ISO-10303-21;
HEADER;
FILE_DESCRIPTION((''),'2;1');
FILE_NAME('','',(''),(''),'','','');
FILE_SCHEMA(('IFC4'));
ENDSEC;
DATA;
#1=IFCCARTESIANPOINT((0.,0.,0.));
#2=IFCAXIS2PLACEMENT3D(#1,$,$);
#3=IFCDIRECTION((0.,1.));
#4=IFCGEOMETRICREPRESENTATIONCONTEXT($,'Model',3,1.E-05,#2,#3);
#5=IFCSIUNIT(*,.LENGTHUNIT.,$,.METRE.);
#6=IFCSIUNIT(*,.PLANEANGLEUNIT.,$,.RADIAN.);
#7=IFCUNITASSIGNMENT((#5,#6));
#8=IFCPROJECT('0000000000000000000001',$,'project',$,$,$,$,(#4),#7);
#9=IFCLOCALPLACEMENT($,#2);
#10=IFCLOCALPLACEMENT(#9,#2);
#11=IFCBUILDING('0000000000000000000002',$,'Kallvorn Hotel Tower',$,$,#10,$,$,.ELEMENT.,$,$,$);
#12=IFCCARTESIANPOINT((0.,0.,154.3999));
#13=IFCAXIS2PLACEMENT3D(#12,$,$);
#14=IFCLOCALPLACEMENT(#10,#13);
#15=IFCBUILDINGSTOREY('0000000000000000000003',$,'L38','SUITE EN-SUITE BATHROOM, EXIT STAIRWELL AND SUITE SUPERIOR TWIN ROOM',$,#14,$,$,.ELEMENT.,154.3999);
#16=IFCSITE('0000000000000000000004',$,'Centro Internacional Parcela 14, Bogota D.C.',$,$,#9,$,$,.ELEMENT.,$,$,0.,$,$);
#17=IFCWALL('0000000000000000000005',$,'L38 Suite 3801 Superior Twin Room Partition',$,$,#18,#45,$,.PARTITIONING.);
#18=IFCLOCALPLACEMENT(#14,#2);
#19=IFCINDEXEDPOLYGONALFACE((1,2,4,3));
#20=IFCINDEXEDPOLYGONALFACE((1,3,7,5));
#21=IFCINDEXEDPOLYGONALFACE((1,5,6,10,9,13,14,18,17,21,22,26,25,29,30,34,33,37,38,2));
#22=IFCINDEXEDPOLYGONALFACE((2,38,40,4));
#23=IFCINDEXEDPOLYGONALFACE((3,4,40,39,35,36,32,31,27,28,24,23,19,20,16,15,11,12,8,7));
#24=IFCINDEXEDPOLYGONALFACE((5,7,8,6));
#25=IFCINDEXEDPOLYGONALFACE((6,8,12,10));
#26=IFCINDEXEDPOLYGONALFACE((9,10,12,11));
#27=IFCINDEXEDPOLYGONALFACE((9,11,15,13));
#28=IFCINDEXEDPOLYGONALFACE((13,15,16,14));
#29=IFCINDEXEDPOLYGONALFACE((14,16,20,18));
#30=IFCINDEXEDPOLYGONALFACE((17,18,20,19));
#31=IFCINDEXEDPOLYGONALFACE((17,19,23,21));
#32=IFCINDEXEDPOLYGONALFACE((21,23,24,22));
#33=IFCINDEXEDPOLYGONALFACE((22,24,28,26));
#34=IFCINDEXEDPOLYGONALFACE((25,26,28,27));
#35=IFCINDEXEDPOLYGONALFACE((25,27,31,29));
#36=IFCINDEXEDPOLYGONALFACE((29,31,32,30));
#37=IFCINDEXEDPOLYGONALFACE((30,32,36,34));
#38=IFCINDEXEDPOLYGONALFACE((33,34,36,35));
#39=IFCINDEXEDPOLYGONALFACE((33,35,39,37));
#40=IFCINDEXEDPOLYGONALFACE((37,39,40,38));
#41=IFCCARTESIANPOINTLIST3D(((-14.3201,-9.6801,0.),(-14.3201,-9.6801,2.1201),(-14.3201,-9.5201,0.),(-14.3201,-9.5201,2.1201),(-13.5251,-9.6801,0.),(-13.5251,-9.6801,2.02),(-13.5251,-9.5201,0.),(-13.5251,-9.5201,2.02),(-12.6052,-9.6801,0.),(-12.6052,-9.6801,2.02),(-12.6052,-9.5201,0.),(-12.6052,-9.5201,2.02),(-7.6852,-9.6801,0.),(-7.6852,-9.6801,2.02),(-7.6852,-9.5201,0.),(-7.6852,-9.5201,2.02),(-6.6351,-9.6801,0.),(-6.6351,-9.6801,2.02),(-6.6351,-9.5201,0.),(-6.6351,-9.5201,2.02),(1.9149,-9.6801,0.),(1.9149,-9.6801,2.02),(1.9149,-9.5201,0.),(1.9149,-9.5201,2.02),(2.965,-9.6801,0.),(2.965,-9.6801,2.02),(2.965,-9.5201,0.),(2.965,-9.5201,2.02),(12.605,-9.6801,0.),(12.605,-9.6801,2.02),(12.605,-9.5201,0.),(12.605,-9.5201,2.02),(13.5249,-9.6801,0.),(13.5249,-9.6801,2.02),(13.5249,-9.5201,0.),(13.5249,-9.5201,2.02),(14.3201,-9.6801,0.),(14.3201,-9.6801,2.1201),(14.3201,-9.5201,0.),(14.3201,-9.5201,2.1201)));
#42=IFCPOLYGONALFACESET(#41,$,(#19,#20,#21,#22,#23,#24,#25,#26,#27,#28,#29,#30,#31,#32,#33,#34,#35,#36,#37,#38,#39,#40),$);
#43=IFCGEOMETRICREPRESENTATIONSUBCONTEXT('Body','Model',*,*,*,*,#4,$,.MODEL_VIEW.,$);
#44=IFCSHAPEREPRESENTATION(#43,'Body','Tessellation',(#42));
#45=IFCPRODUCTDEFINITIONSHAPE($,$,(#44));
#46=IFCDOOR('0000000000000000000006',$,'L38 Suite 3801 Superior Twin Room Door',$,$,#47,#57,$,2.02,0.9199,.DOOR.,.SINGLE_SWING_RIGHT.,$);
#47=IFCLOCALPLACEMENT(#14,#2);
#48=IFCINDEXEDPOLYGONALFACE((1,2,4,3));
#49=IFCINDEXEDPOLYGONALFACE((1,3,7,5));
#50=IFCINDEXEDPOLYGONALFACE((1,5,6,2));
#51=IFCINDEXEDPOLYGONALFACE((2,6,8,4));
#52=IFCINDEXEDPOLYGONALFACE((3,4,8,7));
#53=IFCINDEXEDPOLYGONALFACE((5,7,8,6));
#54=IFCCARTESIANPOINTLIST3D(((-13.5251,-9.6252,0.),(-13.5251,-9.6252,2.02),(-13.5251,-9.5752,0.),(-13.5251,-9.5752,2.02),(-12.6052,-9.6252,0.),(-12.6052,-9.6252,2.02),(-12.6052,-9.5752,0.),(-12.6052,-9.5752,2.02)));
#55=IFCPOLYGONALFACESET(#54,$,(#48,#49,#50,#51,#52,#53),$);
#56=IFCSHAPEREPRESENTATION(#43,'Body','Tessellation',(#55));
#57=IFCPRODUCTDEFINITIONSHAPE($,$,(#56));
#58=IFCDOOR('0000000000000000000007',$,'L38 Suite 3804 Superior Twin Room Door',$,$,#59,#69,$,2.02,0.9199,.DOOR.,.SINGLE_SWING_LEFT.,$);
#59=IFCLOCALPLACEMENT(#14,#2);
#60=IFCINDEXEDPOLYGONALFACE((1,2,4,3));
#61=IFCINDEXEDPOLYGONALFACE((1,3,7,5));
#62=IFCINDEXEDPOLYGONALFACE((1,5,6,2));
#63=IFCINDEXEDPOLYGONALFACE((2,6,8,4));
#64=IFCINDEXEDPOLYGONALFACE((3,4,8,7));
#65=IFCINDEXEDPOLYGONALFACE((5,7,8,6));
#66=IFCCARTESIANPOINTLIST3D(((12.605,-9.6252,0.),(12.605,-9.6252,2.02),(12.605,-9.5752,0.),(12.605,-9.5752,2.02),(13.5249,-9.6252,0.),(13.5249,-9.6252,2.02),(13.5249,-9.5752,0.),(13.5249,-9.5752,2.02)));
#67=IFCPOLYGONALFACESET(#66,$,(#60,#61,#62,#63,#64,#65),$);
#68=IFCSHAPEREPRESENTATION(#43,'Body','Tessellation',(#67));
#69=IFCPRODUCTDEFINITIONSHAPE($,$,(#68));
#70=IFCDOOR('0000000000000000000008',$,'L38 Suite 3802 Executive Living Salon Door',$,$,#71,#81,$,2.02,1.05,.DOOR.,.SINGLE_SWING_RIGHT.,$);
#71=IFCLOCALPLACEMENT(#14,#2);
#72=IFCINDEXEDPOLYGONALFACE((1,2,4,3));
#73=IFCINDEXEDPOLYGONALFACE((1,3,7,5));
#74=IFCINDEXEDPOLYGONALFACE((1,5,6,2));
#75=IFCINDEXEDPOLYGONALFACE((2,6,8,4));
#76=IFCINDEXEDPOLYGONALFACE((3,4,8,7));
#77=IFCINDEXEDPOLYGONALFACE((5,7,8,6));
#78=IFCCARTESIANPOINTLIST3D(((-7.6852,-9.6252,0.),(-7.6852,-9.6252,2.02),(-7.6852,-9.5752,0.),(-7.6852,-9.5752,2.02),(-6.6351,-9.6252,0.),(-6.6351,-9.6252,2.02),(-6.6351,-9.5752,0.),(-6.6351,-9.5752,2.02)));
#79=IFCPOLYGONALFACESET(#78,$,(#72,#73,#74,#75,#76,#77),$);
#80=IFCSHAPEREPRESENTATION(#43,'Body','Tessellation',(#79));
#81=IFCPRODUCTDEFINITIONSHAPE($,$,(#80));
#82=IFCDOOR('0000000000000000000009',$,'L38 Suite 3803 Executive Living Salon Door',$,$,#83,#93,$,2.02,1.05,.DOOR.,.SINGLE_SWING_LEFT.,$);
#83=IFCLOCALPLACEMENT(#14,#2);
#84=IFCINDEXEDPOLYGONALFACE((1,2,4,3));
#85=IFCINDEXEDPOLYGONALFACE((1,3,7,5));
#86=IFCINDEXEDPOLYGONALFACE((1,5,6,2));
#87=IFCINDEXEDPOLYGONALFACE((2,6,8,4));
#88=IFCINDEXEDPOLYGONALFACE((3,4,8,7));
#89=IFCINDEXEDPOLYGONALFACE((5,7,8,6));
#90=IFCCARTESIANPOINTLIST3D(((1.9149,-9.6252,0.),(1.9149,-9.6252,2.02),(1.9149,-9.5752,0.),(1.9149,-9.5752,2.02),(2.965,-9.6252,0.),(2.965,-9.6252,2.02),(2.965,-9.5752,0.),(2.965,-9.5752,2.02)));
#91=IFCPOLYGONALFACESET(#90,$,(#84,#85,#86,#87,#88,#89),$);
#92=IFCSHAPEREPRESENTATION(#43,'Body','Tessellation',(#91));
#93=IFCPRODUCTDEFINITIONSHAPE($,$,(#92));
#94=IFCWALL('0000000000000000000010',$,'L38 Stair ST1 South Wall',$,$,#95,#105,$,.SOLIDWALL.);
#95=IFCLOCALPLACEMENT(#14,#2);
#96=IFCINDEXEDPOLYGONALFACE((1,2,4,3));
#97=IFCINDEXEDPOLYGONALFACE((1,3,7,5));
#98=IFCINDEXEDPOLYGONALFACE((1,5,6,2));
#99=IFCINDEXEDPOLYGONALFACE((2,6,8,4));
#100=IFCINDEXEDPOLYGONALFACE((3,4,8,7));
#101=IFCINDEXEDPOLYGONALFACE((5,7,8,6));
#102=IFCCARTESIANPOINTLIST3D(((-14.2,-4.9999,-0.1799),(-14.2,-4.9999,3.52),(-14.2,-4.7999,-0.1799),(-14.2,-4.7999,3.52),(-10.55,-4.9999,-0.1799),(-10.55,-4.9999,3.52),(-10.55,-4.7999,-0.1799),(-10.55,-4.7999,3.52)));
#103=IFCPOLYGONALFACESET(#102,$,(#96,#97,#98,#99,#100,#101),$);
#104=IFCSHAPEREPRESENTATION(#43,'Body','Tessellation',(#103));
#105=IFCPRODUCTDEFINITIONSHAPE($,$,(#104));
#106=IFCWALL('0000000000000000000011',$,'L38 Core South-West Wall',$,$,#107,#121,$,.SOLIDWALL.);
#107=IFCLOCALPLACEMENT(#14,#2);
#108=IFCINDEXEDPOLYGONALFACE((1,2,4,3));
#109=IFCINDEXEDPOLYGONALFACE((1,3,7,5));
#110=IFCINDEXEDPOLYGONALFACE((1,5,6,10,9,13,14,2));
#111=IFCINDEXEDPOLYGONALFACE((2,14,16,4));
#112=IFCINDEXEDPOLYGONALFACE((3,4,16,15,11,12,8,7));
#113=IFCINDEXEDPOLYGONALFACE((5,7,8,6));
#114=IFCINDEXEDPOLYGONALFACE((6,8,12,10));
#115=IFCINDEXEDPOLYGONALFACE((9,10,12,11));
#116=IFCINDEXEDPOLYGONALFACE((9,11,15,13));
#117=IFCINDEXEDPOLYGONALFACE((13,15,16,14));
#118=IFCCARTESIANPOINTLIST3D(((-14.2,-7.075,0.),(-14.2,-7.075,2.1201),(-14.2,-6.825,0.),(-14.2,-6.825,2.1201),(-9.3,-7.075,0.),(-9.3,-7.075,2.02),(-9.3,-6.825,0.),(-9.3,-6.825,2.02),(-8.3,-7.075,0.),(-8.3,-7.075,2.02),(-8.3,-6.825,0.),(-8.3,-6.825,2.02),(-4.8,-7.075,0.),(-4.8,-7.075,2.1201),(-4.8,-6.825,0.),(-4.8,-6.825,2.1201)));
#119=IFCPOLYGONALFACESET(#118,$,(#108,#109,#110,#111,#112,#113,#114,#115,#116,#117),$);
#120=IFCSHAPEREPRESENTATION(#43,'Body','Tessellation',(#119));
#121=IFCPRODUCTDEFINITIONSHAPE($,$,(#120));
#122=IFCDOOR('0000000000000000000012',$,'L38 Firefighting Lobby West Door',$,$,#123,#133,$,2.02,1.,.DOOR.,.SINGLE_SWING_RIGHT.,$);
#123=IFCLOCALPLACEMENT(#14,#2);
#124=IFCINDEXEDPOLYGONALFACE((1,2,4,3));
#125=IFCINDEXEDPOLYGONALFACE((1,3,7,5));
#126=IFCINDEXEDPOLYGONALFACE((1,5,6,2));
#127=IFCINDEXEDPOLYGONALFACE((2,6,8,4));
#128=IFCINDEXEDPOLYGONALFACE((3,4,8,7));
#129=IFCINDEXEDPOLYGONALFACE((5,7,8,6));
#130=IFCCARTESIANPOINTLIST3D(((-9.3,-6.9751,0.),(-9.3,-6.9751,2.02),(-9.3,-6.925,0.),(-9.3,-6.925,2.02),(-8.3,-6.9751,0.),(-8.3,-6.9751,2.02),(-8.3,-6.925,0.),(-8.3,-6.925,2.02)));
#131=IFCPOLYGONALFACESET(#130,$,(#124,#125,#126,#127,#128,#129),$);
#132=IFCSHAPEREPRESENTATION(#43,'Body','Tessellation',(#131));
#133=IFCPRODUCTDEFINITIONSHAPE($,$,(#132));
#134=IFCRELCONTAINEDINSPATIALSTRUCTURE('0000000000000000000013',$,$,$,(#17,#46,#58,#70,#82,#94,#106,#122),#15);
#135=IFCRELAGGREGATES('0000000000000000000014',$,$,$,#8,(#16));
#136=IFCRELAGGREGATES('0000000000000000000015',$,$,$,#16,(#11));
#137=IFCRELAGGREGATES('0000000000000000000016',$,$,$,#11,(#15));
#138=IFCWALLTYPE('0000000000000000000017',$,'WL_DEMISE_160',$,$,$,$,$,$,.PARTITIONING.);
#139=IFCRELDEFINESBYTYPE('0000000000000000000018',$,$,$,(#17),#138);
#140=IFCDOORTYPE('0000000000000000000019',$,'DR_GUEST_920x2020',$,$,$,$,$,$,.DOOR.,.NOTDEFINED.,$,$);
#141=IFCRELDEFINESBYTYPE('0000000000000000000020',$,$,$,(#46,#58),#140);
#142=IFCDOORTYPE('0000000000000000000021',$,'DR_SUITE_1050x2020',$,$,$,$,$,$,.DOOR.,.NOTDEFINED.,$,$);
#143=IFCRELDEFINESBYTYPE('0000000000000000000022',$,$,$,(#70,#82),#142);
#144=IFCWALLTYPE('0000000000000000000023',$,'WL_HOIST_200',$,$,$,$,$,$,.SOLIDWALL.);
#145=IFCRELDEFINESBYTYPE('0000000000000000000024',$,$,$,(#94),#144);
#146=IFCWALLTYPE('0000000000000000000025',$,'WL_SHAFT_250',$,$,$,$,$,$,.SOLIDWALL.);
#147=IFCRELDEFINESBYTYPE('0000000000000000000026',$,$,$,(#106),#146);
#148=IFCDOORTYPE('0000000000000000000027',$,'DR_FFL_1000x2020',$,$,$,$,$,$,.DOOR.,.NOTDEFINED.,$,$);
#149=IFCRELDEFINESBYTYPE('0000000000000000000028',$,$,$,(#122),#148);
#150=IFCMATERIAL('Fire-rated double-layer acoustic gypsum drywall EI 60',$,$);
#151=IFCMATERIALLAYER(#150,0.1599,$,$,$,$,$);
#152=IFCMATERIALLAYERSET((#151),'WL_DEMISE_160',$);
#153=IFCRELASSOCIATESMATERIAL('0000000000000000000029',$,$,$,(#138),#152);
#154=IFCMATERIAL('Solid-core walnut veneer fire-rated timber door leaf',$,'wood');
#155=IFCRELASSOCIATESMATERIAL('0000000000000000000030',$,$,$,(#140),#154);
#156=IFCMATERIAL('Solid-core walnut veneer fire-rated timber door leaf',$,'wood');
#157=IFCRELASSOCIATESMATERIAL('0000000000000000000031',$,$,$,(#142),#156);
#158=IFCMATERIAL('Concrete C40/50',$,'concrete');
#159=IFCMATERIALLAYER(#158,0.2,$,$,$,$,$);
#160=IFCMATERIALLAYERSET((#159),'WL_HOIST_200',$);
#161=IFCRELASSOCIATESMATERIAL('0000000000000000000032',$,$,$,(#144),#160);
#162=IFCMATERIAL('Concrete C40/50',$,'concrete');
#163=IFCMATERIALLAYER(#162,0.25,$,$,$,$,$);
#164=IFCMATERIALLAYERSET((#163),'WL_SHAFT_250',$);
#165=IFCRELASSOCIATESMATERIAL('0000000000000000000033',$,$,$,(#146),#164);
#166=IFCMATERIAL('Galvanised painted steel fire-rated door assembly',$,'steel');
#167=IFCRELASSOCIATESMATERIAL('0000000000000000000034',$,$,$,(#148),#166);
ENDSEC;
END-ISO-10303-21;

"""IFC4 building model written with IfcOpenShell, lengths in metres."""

from ifc_helpers import new_model, si_unit, direction, frame, frame_2d, origin, place, context, subcontext, project, spatial, rectangle, extrude, material, layer, layer_set, type_object, element, fill, save


model = new_model("IFC4")

# Units and contexts
model_context = context("Model", 3, precision=1e-05, world=origin(), true_north=direction((0.0, 1.0)))
body_context = subcontext(model_context, "Body", "Model", "MODEL_VIEW")
ifc_project = project(units=[si_unit("LENGTHUNIT", "METRE"), si_unit("PLANEANGLEUNIT", "RADIAN")], contexts=[model_context])

# Site, building, storey
site_placement = place(None, origin())
site = spatial("IfcSite", under=ifc_project, at=site_placement, Name="Centro Internacional Parcela 14, Bogota D.C.", CompositionType="ELEMENT", RefElevation=0.0)
building_placement = place(site_placement, origin())
building = spatial("IfcBuilding", under=site, at=building_placement, Name="Kallvorn Hotel Tower", CompositionType="ELEMENT")
storey_placement = place(building_placement, frame((0.0, 0.0, 154.3999)))
storey = spatial("IfcBuildingStorey", under=building, at=storey_placement, Name="L38", Description="SUITE EN-SUITE BATHROOM, EXIT STAIRWELL AND SUITE SUPERIOR TWIN ROOM", CompositionType="ELEMENT", Elevation=154.3999)

# Wall, openings, doors
ifc_material_1 = material(Name="Fire-rated double-layer acoustic gypsum drywall EI 60")
ifc_layer_1 = layer(ifc_material_1, 0.1599)
ifc_layer_set_1 = layer_set([ifc_layer_1], Name="WL_DEMISE_160")
wall_type_1 = type_object("IfcWallType", Name="WL_DEMISE_160", PredefinedType="PARTITIONING", material=ifc_layer_set_1)
wall_1_placement = place(storey_placement, frame((-14.3201, -9.6001, 0.0), z_axis=(0.0, 0.0, 1.0), x_axis=(1.0, 0.0, 0.0)))
wall_1 = element("IfcWall", 1, at=wall_1_placement, inside=storey, type_object=wall_type_1, Name="L38 Suite 3801 Superior Twin Room Partition", PredefinedType="PARTITIONING", context=body_context, shape_type="SweptSolid", body=[
    extrude(rectangle(XDim=28.6401, YDim=0.1599, at=frame_2d((14.3201, 0.0))), origin(), (0.0, 0.0, 1.0), 2.1201),
])
opening_1_placement = place(wall_1_placement, frame((0.7949, 0.0, 0.0)))
opening_1 = element("IfcOpeningElement", 2, at=opening_1_placement, cuts=wall_1, PredefinedType="OPENING", context=body_context, shape_type="SweptSolid", body=[
    extrude(rectangle(XDim=0.9199, YDim=2.02, at=frame_2d((0.46, 1.01))), frame((0.0, 0.095, 0.0), z_axis=(0.0, -1.0, 0.0), x_axis=(1.0, 0.0, 0.0)), (0.0, 0.0, 1.0), 0.1899),
])
opening_2_placement = place(wall_1_placement, frame((6.635, 0.0, 0.0)))
opening_2 = element("IfcOpeningElement", 3, at=opening_2_placement, cuts=wall_1, PredefinedType="OPENING", context=body_context, shape_type="SweptSolid", body=[
    extrude(rectangle(XDim=1.05, YDim=2.02, at=frame_2d((0.5249, 1.01))), frame((0.0, 0.095, 0.0), z_axis=(0.0, -1.0, 0.0), x_axis=(1.0, 0.0, 0.0)), (0.0, 0.0, 1.0), 0.1899),
])
opening_3_placement = place(wall_1_placement, frame((16.2351, 0.0, 0.0)))
opening_3 = element("IfcOpeningElement", 4, at=opening_3_placement, cuts=wall_1, PredefinedType="OPENING", context=body_context, shape_type="SweptSolid", body=[
    extrude(rectangle(XDim=1.05, YDim=2.02, at=frame_2d((0.5249, 1.01))), frame((0.0, 0.095, 0.0), z_axis=(0.0, -1.0, 0.0), x_axis=(1.0, 0.0, 0.0)), (0.0, 0.0, 1.0), 0.1899),
])
opening_4_placement = place(wall_1_placement, frame((26.925, 0.0, 0.0)))
opening_4 = element("IfcOpeningElement", 5, at=opening_4_placement, cuts=wall_1, PredefinedType="OPENING", context=body_context, shape_type="SweptSolid", body=[
    extrude(rectangle(XDim=0.9199, YDim=2.02, at=frame_2d((0.46, 1.01))), frame((0.0, 0.095, 0.0), z_axis=(0.0, -1.0, 0.0), x_axis=(1.0, 0.0, 0.0)), (0.0, 0.0, 1.0), 0.1899),
])
ifc_material_2 = material(Name="Solid-core walnut veneer fire-rated timber door leaf", Category="wood")
door_type_1 = type_object("IfcDoorType", Name="DR_GUEST_920x2020", OperationType="NOTDEFINED", PredefinedType="DOOR", material=ifc_material_2)
door_1_placement = place(opening_1_placement, origin())
door_1 = element("IfcDoor", 6, at=door_1_placement, inside=storey, type_object=door_type_1, Name="L38 Suite 3801 Superior Twin Room Door", OperationType="SINGLE_SWING_RIGHT", OverallHeight=2.02, OverallWidth=0.9199, PredefinedType="DOOR", context=body_context, shape_type="SweptSolid", body=[
    extrude(rectangle(XDim=0.9199, YDim=2.02, at=frame_2d((0.46, 1.01))), frame((0.0, 0.0249, 0.0), z_axis=(0.0, -1.0, 0.0), x_axis=(1.0, 0.0, 0.0)), (0.0, 0.0, 1.0), 0.05),
])
fill(opening_1, door_1)
door_2_placement = place(opening_4_placement, origin())
door_2 = element("IfcDoor", 7, at=door_2_placement, inside=storey, type_object=door_type_1, Name="L38 Suite 3804 Superior Twin Room Door", OperationType="SINGLE_SWING_LEFT", OverallHeight=2.02, OverallWidth=0.9199, PredefinedType="DOOR", context=body_context, shape_type="SweptSolid", body=[
    extrude(rectangle(XDim=0.9199, YDim=2.02, at=frame_2d((0.46, 1.01))), frame((0.0, 0.0249, 0.0), z_axis=(0.0, -1.0, 0.0), x_axis=(1.0, 0.0, 0.0)), (0.0, 0.0, 1.0), 0.05),
])
fill(opening_4, door_2)
ifc_material_3 = material(Name="Solid-core walnut veneer fire-rated timber door leaf", Category="wood")
door_type_2 = type_object("IfcDoorType", Name="DR_SUITE_1050x2020", OperationType="NOTDEFINED", PredefinedType="DOOR", material=ifc_material_3)
door_3_placement = place(opening_2_placement, origin())
door_3 = element("IfcDoor", 8, at=door_3_placement, inside=storey, type_object=door_type_2, Name="L38 Suite 3802 Executive Living Salon Door", OperationType="SINGLE_SWING_RIGHT", OverallHeight=2.02, OverallWidth=1.05, PredefinedType="DOOR", context=body_context, shape_type="SweptSolid", body=[
    extrude(rectangle(XDim=1.05, YDim=2.02, at=frame_2d((0.5249, 1.01))), frame((0.0, 0.0249, 0.0), z_axis=(0.0, -1.0, 0.0), x_axis=(1.0, 0.0, 0.0)), (0.0, 0.0, 1.0), 0.05),
])
fill(opening_2, door_3)
door_4_placement = place(opening_3_placement, origin())
door_4 = element("IfcDoor", 9, at=door_4_placement, inside=storey, type_object=door_type_2, Name="L38 Suite 3803 Executive Living Salon Door", OperationType="SINGLE_SWING_LEFT", OverallHeight=2.02, OverallWidth=1.05, PredefinedType="DOOR", context=body_context, shape_type="SweptSolid", body=[
    extrude(rectangle(XDim=1.05, YDim=2.02, at=frame_2d((0.5249, 1.01))), frame((0.0, 0.0249, 0.0), z_axis=(0.0, -1.0, 0.0), x_axis=(1.0, 0.0, 0.0)), (0.0, 0.0, 1.0), 0.05),
])
fill(opening_3, door_4)

# Wall
ifc_material_4 = material(Name="Concrete C40/50", Category="concrete")
ifc_layer_2 = layer(ifc_material_4, 0.2)
ifc_layer_set_2 = layer_set([ifc_layer_2], Name="WL_HOIST_200")
wall_type_2 = type_object("IfcWallType", Name="WL_HOIST_200", PredefinedType="SOLIDWALL", material=ifc_layer_set_2)
wall_2_placement = place(storey_placement, frame((-14.2, -4.8999, -0.1799), z_axis=(0.0, 0.0, 1.0), x_axis=(1.0, 0.0, 0.0)))
element("IfcWall", 10, at=wall_2_placement, inside=storey, type_object=wall_type_2, Name="L38 Stair ST1 South Wall", PredefinedType="SOLIDWALL", context=body_context, shape_type="SweptSolid", body=[
    extrude(rectangle(XDim=3.6499, YDim=0.2, at=frame_2d((1.825, 0.0))), origin(), (0.0, 0.0, 1.0), 3.7),
])

# Wall, opening, door
ifc_material_5 = material(Name="Concrete C40/50", Category="concrete")
ifc_layer_3 = layer(ifc_material_5, 0.25)
ifc_layer_set_3 = layer_set([ifc_layer_3], Name="WL_SHAFT_250")
wall_type_3 = type_object("IfcWallType", Name="WL_SHAFT_250", PredefinedType="SOLIDWALL", material=ifc_layer_set_3)
wall_3_placement = place(storey_placement, frame((-14.2, -6.95, 0.0), z_axis=(0.0, 0.0, 1.0), x_axis=(1.0, 0.0, 0.0)))
wall_3 = element("IfcWall", 11, at=wall_3_placement, inside=storey, type_object=wall_type_3, Name="L38 Core South-West Wall", PredefinedType="SOLIDWALL", context=body_context, shape_type="SweptSolid", body=[
    extrude(rectangle(XDim=9.3999, YDim=0.25, at=frame_2d((4.7, 0.0))), origin(), (0.0, 0.0, 1.0), 2.1201),
])
opening_5_placement = place(wall_3_placement, frame((4.8999, 0.0, 0.0)))
opening_5 = element("IfcOpeningElement", 12, at=opening_5_placement, cuts=wall_3, PredefinedType="OPENING", context=body_context, shape_type="SweptSolid", body=[
    extrude(rectangle(XDim=1.0, YDim=2.02, at=frame_2d((0.5, 1.01))), frame((0.0, 0.1399, 0.0), z_axis=(0.0, -1.0, 0.0), x_axis=(1.0, 0.0, 0.0)), (0.0, 0.0, 1.0), 0.28),
])
ifc_material_6 = material(Name="Galvanised painted steel fire-rated door assembly", Category="steel")
door_type_3 = type_object("IfcDoorType", Name="DR_FFL_1000x2020", OperationType="NOTDEFINED", PredefinedType="DOOR", material=ifc_material_6)
door_5_placement = place(opening_5_placement, origin())
door_5 = element("IfcDoor", 13, at=door_5_placement, inside=storey, type_object=door_type_3, Name="L38 Firefighting Lobby West Door", OperationType="SINGLE_SWING_RIGHT", OverallHeight=2.02, OverallWidth=1.0, PredefinedType="DOOR", context=body_context, shape_type="SweptSolid", body=[
    extrude(rectangle(XDim=1.0, YDim=2.02, at=frame_2d((0.5, 1.01))), frame((0.0, 0.0249, 0.0), z_axis=(0.0, -1.0, 0.0), x_axis=(1.0, 0.0, 0.0)), (0.0, 0.0, 1.0), 0.05),
])
fill(opening_5, door_5)

save(model, "model.ifc")
